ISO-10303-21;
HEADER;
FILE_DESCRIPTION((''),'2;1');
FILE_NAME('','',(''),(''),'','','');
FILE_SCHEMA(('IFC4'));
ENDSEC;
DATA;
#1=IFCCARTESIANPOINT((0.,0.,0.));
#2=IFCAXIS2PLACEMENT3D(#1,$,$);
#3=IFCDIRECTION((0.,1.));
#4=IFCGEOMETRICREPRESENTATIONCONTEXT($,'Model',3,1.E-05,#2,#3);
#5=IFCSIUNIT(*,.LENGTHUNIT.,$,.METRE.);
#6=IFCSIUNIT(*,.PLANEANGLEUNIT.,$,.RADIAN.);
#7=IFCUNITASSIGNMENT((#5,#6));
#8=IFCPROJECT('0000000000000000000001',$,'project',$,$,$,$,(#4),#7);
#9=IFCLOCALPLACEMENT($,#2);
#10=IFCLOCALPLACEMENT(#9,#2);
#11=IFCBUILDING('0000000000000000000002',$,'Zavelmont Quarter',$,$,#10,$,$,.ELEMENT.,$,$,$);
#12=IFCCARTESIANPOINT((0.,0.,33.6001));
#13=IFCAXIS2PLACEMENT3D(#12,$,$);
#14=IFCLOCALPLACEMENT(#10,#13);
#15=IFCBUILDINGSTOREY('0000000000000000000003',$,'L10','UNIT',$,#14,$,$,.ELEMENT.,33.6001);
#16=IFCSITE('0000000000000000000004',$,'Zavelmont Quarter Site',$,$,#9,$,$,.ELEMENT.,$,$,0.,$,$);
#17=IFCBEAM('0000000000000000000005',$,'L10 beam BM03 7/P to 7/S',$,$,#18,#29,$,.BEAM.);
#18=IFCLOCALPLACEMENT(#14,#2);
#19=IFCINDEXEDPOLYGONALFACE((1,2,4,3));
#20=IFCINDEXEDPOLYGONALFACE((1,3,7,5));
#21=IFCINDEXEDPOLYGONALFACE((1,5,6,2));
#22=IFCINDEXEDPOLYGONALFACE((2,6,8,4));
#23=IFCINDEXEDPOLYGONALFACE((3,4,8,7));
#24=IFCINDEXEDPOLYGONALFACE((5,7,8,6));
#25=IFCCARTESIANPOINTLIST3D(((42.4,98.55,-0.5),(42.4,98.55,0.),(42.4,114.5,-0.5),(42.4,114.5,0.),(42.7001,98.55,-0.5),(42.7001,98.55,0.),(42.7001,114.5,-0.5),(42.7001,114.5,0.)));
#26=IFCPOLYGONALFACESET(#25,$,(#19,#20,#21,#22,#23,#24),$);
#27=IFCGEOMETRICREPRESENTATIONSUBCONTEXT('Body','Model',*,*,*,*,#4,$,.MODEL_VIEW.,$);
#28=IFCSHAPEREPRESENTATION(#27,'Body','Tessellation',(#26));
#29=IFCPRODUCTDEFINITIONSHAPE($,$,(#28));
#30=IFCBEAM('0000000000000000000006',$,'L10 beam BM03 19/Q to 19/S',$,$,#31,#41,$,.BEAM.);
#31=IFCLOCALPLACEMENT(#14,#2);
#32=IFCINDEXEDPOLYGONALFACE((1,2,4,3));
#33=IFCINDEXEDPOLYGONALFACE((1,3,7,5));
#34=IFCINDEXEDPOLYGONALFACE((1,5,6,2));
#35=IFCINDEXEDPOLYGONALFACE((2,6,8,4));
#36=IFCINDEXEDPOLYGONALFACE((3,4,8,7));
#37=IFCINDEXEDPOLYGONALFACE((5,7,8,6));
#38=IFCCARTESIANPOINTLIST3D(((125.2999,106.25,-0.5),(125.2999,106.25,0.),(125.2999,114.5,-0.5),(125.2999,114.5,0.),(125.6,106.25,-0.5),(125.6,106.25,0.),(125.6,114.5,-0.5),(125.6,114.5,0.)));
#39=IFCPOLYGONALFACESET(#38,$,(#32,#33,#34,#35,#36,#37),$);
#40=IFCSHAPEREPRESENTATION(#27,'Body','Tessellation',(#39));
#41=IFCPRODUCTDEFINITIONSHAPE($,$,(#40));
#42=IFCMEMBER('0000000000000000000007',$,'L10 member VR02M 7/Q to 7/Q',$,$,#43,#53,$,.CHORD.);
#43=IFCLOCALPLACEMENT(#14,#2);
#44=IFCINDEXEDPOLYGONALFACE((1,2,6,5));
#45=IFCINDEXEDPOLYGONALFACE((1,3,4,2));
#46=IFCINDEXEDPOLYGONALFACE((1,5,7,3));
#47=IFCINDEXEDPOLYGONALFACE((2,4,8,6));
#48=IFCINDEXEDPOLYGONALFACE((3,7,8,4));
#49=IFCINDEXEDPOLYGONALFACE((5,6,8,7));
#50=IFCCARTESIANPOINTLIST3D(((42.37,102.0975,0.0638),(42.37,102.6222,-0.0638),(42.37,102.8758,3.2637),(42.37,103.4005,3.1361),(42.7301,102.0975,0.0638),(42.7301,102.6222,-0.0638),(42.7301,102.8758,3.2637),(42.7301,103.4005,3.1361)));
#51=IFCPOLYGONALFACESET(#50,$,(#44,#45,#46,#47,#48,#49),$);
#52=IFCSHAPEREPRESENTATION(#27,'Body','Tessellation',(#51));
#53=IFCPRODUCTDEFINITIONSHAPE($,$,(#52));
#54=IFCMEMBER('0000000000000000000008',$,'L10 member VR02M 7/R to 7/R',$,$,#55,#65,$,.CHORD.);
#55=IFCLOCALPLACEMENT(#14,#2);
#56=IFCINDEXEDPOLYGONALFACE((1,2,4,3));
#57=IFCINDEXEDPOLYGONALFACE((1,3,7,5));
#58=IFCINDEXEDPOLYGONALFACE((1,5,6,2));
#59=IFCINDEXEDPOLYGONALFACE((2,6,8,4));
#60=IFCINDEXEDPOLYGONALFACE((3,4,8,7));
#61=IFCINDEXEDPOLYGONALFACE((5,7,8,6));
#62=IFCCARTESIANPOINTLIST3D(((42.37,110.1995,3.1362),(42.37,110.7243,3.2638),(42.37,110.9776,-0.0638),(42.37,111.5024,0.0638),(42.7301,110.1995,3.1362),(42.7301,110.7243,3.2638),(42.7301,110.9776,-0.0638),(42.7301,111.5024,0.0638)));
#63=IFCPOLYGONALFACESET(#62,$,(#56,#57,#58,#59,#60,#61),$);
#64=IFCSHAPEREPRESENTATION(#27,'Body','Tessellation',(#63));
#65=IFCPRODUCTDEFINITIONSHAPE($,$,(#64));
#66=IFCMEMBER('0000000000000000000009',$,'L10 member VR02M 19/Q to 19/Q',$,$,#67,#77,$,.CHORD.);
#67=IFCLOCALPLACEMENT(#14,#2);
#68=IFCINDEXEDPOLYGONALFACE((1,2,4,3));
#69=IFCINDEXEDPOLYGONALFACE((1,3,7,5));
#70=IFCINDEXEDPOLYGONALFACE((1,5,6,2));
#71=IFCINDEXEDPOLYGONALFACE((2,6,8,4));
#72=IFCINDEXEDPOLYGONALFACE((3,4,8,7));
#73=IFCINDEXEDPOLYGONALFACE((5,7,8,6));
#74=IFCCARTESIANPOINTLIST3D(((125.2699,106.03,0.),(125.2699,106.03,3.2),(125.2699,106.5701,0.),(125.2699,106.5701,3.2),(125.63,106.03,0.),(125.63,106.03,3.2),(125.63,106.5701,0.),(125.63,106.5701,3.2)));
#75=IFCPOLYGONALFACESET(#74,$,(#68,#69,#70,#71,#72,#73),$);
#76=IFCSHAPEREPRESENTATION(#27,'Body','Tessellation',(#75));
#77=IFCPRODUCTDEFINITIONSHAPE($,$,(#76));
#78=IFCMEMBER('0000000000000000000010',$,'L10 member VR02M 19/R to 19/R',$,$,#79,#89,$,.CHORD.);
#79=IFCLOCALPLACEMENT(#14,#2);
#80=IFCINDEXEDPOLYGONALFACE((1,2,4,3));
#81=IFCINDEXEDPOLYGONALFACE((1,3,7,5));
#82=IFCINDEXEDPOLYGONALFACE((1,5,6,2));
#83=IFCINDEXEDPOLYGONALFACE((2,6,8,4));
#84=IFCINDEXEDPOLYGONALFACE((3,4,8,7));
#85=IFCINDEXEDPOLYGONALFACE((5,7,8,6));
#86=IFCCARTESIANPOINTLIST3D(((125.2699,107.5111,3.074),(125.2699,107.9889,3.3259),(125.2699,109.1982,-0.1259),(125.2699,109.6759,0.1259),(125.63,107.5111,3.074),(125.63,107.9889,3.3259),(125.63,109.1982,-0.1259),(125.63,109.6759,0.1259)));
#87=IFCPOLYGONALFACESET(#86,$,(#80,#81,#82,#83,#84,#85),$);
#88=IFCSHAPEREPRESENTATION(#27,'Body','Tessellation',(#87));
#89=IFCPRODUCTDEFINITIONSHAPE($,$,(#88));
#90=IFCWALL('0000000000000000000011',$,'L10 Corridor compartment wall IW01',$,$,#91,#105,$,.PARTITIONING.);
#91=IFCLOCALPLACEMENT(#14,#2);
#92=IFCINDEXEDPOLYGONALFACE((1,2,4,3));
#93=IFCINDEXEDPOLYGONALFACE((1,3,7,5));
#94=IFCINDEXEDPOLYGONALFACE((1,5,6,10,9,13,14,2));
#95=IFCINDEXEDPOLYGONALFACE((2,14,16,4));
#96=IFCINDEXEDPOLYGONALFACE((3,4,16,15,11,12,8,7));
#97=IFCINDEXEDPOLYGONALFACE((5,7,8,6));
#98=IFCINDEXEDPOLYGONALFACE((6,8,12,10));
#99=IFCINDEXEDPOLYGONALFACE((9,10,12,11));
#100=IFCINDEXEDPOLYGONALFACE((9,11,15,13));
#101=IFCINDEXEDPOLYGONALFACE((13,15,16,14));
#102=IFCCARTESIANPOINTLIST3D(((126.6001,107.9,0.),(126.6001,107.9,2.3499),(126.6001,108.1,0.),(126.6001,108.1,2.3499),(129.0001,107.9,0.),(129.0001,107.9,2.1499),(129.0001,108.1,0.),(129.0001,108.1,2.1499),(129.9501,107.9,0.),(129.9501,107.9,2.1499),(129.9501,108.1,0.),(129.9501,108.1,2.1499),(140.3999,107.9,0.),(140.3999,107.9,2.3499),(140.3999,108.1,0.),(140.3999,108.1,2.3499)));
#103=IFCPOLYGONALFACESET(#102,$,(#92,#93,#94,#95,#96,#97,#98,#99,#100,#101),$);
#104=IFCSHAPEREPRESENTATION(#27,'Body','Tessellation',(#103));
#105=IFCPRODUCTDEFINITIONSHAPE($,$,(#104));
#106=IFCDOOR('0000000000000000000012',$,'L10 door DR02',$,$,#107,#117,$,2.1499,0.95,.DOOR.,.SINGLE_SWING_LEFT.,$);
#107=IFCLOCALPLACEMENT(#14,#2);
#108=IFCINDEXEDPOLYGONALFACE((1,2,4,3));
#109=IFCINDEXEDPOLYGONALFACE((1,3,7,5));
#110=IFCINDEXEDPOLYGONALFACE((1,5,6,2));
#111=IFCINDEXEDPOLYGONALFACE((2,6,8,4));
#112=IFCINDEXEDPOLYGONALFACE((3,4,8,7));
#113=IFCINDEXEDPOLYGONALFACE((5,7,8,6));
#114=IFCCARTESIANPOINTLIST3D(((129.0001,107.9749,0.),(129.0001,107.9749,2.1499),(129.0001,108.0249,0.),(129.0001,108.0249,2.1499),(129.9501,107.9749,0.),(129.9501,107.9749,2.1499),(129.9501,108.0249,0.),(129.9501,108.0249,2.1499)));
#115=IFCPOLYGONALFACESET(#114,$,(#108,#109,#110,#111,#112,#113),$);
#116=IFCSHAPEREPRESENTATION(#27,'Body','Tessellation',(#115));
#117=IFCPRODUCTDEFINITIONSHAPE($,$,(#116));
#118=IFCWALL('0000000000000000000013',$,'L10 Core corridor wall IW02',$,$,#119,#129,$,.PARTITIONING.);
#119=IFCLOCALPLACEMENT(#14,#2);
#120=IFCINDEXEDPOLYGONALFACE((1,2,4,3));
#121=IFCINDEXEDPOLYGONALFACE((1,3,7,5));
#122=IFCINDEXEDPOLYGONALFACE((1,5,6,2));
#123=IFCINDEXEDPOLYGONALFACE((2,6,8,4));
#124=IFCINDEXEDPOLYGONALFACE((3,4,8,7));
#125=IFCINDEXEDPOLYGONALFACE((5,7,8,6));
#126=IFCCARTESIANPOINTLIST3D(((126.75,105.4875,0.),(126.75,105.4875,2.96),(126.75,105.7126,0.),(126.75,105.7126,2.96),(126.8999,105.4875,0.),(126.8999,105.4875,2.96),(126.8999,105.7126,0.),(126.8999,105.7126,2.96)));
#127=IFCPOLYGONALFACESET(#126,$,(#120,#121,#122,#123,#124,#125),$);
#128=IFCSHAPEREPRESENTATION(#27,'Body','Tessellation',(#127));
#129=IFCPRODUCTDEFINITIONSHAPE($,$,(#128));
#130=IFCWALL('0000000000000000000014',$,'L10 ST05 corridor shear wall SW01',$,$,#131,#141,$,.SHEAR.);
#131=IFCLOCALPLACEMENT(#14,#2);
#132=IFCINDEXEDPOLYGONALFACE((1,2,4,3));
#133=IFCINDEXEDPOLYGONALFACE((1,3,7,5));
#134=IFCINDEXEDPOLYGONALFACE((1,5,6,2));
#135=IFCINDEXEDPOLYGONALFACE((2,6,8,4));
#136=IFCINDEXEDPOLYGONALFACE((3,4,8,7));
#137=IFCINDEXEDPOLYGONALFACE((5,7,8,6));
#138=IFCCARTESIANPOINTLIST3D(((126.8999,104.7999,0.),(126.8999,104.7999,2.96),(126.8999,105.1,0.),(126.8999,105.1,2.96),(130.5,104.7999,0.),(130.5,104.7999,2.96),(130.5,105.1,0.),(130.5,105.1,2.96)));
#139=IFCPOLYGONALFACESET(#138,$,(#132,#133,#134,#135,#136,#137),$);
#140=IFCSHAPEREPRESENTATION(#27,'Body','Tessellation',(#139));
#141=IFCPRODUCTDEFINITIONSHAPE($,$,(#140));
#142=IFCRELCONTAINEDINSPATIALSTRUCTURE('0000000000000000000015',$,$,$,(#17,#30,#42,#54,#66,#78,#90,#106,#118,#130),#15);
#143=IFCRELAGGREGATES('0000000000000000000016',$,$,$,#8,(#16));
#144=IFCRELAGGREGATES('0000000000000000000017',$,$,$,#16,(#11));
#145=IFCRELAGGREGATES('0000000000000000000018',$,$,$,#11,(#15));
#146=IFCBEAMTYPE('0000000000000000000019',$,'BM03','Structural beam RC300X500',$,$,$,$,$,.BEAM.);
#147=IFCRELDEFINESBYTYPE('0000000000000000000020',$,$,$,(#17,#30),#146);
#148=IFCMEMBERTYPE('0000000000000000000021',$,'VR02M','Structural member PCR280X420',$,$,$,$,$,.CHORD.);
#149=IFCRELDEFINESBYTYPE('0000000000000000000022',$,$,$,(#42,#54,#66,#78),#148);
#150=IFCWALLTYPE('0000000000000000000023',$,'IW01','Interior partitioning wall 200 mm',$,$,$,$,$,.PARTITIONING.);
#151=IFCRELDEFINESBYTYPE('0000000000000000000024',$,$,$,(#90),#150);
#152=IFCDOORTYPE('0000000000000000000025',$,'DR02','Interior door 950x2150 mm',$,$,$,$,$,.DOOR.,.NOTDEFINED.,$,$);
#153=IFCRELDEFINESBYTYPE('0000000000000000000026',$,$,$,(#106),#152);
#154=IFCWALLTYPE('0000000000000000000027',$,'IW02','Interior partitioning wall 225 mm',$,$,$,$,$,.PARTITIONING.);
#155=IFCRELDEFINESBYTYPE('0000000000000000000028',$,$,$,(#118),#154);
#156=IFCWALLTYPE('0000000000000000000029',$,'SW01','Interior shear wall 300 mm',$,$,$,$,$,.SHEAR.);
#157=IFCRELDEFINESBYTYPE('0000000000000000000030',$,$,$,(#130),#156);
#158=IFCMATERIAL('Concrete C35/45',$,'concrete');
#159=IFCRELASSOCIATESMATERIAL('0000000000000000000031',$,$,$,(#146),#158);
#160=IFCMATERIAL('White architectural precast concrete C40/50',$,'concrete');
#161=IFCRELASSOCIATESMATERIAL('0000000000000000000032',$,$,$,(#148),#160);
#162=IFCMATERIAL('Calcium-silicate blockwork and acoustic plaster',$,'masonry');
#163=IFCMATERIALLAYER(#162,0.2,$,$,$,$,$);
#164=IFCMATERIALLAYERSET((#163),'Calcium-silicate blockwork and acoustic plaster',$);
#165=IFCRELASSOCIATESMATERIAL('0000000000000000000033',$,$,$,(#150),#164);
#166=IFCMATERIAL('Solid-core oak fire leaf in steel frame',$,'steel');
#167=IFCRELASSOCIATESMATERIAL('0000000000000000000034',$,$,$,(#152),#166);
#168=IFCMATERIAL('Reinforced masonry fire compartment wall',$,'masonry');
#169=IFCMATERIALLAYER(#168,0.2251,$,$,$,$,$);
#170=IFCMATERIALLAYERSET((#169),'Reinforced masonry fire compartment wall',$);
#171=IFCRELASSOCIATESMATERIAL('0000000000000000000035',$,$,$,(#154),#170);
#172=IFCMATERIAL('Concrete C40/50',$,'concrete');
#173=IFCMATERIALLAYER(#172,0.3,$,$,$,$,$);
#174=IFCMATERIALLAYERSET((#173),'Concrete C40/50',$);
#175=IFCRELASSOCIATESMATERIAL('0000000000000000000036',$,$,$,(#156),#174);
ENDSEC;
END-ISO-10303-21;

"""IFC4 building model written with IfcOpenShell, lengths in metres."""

from ifc_helpers import new_model, si_unit, direction, frame, frame_2d, origin, origin_with_axes, origin_2d, place, context, subcontext, project, spatial, rectangle, extrude, material, layer, layer_set, material_profile, profile_set, type_object, element, fill, save


model = new_model("IFC4")

# Units and contexts
model_context = context("Model", 3, precision=1e-05, world=origin(), true_north=direction((0.0, 1.0)))
body_context = subcontext(model_context, "Body", "Model", "MODEL_VIEW")
ifc_project = project(units=[si_unit("LENGTHUNIT", "METRE"), si_unit("PLANEANGLEUNIT", "RADIAN")], contexts=[model_context])

# Site, building, storey
site_placement = place(None, origin())
site = spatial("IfcSite", under=ifc_project, at=site_placement, Name="Zavelmont Quarter Site", CompositionType="ELEMENT", RefElevation=0.0)
building_placement = place(site_placement, origin())
building = spatial("IfcBuilding", under=site, at=building_placement, Name="Zavelmont Quarter", CompositionType="ELEMENT")
storey_placement = place(building_placement, frame((0.0, 0.0, 33.6001)))
storey = spatial("IfcBuildingStorey", under=building, at=storey_placement, Name="L10", Description="UNIT", CompositionType="ELEMENT", Elevation=33.6001)

# Beams
ifc_material_1 = material(Name="Concrete C35/45", Category="concrete")
ifc_material_profile_1 = material_profile(ifc_material_1, rectangle(XDim=0.3, YDim=0.5, at=origin_2d()), Name="RC300X500")
ifc_profile_set_1 = profile_set([ifc_material_profile_1], Name="Concrete C35/45")
beam_type = type_object("IfcBeamType", Name="BM03", Description="Structural beam RC300X500", PredefinedType="BEAM", material=ifc_profile_set_1)
beam_1_placement = place(storey_placement, frame((42.55, 98.55, -0.25), z_axis=(0.0, 1.0, 0.0), x_axis=(-1.0, 0.0, 0.0)))
element("IfcBeam", 1, at=beam_1_placement, inside=storey, type_object=beam_type, Name="L10 beam BM03 7/P to 7/S", PredefinedType="BEAM", context=body_context, shape_type="SweptSolid", body=[
    extrude(rectangle(XDim=0.3, YDim=0.5, at=origin_2d()), origin(), (0.0, 0.0, 1.0), 15.95),
])
beam_2_placement = place(storey_placement, frame((125.45, 106.25, -0.25), z_axis=(0.0, 1.0, 0.0), x_axis=(-1.0, 0.0, 0.0)))
element("IfcBeam", 2, at=beam_2_placement, inside=storey, type_object=beam_type, Name="L10 beam BM03 19/Q to 19/S", PredefinedType="BEAM", context=body_context, shape_type="SweptSolid", body=[
    extrude(rectangle(XDim=0.3, YDim=0.5, at=origin_2d()), origin(), (0.0, 0.0, 1.0), 8.25),
])

# Members
ifc_material_2 = material(Name="White architectural precast concrete C40/50", Category="concrete")
ifc_material_profile_2 = material_profile(ifc_material_2, rectangle(XDim=0.3601, YDim=0.54, at=origin_2d()), Name="PCR280X420")
ifc_profile_set_2 = profile_set([ifc_material_profile_2], Name="White architectural precast concrete C40/50")
member_type = type_object("IfcMemberType", Name="VR02M", Description="Structural member PCR280X420", PredefinedType="CHORD", material=ifc_profile_set_2)
for number, where, z_axis, x_axis, name in (
    (3, (42.55, 102.3599, 0.0), (0.0, 0.236338, 0.971671), (-1.0, 0.0, 0.0), "L10 member VR02M 7/Q to 7/Q"),
    (4, (42.55, 111.24, 0.0), (0.0, -0.236268, 0.971688), (1.0, 0.0, 0.0), "L10 member VR02M 7/R to 7/R"),
):
    element("IfcMember", number, at=place(storey_placement, frame(where, z_axis=z_axis, x_axis=x_axis)), inside=storey, type_object=member_type, Name=name, PredefinedType="CHORD", context=body_context, shape_type="SweptSolid", body=[
        extrude(rectangle(XDim=0.3601, YDim=0.54, at=origin_2d()), origin(), (0.0, 0.0, 1.0), 3.2932),
    ])
member_1_placement = place(storey_placement, frame((125.45, 106.3, 0.0), z_axis=(0.0, 0.0, 1.0), x_axis=(1.0, 0.0, 0.0)))
element("IfcMember", 5, at=member_1_placement, inside=storey, type_object=member_type, Name="L10 member VR02M 19/Q to 19/Q", PredefinedType="CHORD", context=body_context, shape_type="SweptSolid", body=[
    extrude(rectangle(XDim=0.3601, YDim=0.54, at=origin_2d()), origin(), (0.0, 0.0, 1.0), 3.2),
])
member_2_placement = place(storey_placement, frame((125.45, 109.437, 0.0), z_axis=(0.0, -0.466358, 0.884596), x_axis=(1.0, 0.0, 0.0)))
element("IfcMember", 6, at=member_2_placement, inside=storey, type_object=member_type, Name="L10 member VR02M 19/R to 19/R", PredefinedType="CHORD", context=body_context, shape_type="SweptSolid", body=[
    extrude(rectangle(XDim=0.3601, YDim=0.54, at=origin_2d()), origin(), (0.0, 0.0, 1.0), 3.6174),
])

# Wall, opening, door
ifc_material_3 = material(Name="Calcium-silicate blockwork and acoustic plaster", Category="masonry")
ifc_layer_1 = layer(ifc_material_3, 0.2)
ifc_layer_set_1 = layer_set([ifc_layer_1], Name="Calcium-silicate blockwork and acoustic plaster")
wall_type_1 = type_object("IfcWallType", Name="IW01", Description="Interior partitioning wall 200 mm", PredefinedType="PARTITIONING", material=ifc_layer_set_1)
wall_1_placement = place(storey_placement, frame((126.6001, 108.0, 0.0), z_axis=(0.0, 0.0, 1.0), x_axis=(1.0, 0.0, 0.0)))
wall_1 = element("IfcWall", 7, at=wall_1_placement, inside=storey, type_object=wall_type_1, Name="L10 Corridor compartment wall IW01", PredefinedType="PARTITIONING", context=body_context, shape_type="SweptSolid", body=[
    extrude(rectangle(XDim=13.7998, YDim=0.2, at=frame_2d((6.8999, 0.0))), origin(), (0.0, 0.0, 1.0), 2.3499),
])
opening_1_placement = place(wall_1_placement, frame((2.3999, 0.0, 0.0)))
opening_1 = element("IfcOpeningElement", 8, at=opening_1_placement, cuts=wall_1, PredefinedType="OPENING", context=body_context, shape_type="SweptSolid", body=[
    extrude(rectangle(XDim=0.95, YDim=2.1499, at=frame_2d((0.4751, 1.075))), frame((0.0, 0.1118, 0.0), z_axis=(0.0, -1.0, 0.0), x_axis=(1.0, 0.0, 0.0)), (0.0, 0.0, 1.0), 0.2239),
])
ifc_material_4 = material(Name="Solid-core oak fire leaf in steel frame", Category="steel")
door_type_1 = type_object("IfcDoorType", Name="DR02", Description="Interior door 950x2150 mm", OperationType="NOTDEFINED", PredefinedType="DOOR", material=ifc_material_4)
door_1_placement = place(opening_1_placement, origin_with_axes())
door_1 = element("IfcDoor", 9, at=door_1_placement, inside=storey, type_object=door_type_1, Name="L10 door DR02", OperationType="SINGLE_SWING_LEFT", OverallHeight=2.1499, OverallWidth=0.95, PredefinedType="DOOR", context=body_context, shape_type="SweptSolid", body=[
    extrude(rectangle(XDim=0.95, YDim=2.1499, at=frame_2d((0.4751, 1.075))), frame((0.0, 0.0249, 0.0), z_axis=(0.0, -1.0, 0.0), x_axis=(1.0, 0.0, 0.0)), (0.0, 0.0, 1.0), 0.05),
])
fill(opening_1, door_1)

# Walls
ifc_material_5 = material(Name="Reinforced masonry fire compartment wall", Category="masonry")
ifc_layer_2 = layer(ifc_material_5, 0.2251)
ifc_layer_set_2 = layer_set([ifc_layer_2], Name="Reinforced masonry fire compartment wall")
wall_type_2 = type_object("IfcWallType", Name="IW02", Description="Interior partitioning wall 225 mm", PredefinedType="PARTITIONING", material=ifc_layer_set_2)
wall_2_placement = place(storey_placement, frame((126.75, 105.6001, 0.0), z_axis=(0.0, 0.0, 1.0), x_axis=(1.0, 0.0, 0.0)))
element("IfcWall", 10, at=wall_2_placement, inside=storey, type_object=wall_type_2, Name="L10 Core corridor wall IW02", PredefinedType="PARTITIONING", context=body_context, shape_type="SweptSolid", body=[
    extrude(rectangle(XDim=0.1499, YDim=0.2251, at=frame_2d((0.075, 0.0))), origin(), (0.0, 0.0, 1.0), 2.96),
])
ifc_material_6 = material(Name="Concrete C40/50", Category="concrete")
ifc_layer_3 = layer(ifc_material_6, 0.3)
ifc_layer_set_3 = layer_set([ifc_layer_3], Name="Concrete C40/50")
wall_type_3 = type_object("IfcWallType", Name="SW01", Description="Interior shear wall 300 mm", PredefinedType="SHEAR", material=ifc_layer_set_3)
wall_3_placement = place(storey_placement, frame((126.8999, 104.95, 0.0), z_axis=(0.0, 0.0, 1.0), x_axis=(1.0, 0.0, 0.0)))
element("IfcWall", 11, at=wall_3_placement, inside=storey, type_object=wall_type_3, Name="L10 ST05 corridor shear wall SW01", PredefinedType="SHEAR", context=body_context, shape_type="SweptSolid", body=[
    extrude(rectangle(XDim=3.6001, YDim=0.3, at=frame_2d((1.8, 0.0))), origin(), (0.0, 0.0, 1.0), 2.96),
])

save(model, "model.ifc")
